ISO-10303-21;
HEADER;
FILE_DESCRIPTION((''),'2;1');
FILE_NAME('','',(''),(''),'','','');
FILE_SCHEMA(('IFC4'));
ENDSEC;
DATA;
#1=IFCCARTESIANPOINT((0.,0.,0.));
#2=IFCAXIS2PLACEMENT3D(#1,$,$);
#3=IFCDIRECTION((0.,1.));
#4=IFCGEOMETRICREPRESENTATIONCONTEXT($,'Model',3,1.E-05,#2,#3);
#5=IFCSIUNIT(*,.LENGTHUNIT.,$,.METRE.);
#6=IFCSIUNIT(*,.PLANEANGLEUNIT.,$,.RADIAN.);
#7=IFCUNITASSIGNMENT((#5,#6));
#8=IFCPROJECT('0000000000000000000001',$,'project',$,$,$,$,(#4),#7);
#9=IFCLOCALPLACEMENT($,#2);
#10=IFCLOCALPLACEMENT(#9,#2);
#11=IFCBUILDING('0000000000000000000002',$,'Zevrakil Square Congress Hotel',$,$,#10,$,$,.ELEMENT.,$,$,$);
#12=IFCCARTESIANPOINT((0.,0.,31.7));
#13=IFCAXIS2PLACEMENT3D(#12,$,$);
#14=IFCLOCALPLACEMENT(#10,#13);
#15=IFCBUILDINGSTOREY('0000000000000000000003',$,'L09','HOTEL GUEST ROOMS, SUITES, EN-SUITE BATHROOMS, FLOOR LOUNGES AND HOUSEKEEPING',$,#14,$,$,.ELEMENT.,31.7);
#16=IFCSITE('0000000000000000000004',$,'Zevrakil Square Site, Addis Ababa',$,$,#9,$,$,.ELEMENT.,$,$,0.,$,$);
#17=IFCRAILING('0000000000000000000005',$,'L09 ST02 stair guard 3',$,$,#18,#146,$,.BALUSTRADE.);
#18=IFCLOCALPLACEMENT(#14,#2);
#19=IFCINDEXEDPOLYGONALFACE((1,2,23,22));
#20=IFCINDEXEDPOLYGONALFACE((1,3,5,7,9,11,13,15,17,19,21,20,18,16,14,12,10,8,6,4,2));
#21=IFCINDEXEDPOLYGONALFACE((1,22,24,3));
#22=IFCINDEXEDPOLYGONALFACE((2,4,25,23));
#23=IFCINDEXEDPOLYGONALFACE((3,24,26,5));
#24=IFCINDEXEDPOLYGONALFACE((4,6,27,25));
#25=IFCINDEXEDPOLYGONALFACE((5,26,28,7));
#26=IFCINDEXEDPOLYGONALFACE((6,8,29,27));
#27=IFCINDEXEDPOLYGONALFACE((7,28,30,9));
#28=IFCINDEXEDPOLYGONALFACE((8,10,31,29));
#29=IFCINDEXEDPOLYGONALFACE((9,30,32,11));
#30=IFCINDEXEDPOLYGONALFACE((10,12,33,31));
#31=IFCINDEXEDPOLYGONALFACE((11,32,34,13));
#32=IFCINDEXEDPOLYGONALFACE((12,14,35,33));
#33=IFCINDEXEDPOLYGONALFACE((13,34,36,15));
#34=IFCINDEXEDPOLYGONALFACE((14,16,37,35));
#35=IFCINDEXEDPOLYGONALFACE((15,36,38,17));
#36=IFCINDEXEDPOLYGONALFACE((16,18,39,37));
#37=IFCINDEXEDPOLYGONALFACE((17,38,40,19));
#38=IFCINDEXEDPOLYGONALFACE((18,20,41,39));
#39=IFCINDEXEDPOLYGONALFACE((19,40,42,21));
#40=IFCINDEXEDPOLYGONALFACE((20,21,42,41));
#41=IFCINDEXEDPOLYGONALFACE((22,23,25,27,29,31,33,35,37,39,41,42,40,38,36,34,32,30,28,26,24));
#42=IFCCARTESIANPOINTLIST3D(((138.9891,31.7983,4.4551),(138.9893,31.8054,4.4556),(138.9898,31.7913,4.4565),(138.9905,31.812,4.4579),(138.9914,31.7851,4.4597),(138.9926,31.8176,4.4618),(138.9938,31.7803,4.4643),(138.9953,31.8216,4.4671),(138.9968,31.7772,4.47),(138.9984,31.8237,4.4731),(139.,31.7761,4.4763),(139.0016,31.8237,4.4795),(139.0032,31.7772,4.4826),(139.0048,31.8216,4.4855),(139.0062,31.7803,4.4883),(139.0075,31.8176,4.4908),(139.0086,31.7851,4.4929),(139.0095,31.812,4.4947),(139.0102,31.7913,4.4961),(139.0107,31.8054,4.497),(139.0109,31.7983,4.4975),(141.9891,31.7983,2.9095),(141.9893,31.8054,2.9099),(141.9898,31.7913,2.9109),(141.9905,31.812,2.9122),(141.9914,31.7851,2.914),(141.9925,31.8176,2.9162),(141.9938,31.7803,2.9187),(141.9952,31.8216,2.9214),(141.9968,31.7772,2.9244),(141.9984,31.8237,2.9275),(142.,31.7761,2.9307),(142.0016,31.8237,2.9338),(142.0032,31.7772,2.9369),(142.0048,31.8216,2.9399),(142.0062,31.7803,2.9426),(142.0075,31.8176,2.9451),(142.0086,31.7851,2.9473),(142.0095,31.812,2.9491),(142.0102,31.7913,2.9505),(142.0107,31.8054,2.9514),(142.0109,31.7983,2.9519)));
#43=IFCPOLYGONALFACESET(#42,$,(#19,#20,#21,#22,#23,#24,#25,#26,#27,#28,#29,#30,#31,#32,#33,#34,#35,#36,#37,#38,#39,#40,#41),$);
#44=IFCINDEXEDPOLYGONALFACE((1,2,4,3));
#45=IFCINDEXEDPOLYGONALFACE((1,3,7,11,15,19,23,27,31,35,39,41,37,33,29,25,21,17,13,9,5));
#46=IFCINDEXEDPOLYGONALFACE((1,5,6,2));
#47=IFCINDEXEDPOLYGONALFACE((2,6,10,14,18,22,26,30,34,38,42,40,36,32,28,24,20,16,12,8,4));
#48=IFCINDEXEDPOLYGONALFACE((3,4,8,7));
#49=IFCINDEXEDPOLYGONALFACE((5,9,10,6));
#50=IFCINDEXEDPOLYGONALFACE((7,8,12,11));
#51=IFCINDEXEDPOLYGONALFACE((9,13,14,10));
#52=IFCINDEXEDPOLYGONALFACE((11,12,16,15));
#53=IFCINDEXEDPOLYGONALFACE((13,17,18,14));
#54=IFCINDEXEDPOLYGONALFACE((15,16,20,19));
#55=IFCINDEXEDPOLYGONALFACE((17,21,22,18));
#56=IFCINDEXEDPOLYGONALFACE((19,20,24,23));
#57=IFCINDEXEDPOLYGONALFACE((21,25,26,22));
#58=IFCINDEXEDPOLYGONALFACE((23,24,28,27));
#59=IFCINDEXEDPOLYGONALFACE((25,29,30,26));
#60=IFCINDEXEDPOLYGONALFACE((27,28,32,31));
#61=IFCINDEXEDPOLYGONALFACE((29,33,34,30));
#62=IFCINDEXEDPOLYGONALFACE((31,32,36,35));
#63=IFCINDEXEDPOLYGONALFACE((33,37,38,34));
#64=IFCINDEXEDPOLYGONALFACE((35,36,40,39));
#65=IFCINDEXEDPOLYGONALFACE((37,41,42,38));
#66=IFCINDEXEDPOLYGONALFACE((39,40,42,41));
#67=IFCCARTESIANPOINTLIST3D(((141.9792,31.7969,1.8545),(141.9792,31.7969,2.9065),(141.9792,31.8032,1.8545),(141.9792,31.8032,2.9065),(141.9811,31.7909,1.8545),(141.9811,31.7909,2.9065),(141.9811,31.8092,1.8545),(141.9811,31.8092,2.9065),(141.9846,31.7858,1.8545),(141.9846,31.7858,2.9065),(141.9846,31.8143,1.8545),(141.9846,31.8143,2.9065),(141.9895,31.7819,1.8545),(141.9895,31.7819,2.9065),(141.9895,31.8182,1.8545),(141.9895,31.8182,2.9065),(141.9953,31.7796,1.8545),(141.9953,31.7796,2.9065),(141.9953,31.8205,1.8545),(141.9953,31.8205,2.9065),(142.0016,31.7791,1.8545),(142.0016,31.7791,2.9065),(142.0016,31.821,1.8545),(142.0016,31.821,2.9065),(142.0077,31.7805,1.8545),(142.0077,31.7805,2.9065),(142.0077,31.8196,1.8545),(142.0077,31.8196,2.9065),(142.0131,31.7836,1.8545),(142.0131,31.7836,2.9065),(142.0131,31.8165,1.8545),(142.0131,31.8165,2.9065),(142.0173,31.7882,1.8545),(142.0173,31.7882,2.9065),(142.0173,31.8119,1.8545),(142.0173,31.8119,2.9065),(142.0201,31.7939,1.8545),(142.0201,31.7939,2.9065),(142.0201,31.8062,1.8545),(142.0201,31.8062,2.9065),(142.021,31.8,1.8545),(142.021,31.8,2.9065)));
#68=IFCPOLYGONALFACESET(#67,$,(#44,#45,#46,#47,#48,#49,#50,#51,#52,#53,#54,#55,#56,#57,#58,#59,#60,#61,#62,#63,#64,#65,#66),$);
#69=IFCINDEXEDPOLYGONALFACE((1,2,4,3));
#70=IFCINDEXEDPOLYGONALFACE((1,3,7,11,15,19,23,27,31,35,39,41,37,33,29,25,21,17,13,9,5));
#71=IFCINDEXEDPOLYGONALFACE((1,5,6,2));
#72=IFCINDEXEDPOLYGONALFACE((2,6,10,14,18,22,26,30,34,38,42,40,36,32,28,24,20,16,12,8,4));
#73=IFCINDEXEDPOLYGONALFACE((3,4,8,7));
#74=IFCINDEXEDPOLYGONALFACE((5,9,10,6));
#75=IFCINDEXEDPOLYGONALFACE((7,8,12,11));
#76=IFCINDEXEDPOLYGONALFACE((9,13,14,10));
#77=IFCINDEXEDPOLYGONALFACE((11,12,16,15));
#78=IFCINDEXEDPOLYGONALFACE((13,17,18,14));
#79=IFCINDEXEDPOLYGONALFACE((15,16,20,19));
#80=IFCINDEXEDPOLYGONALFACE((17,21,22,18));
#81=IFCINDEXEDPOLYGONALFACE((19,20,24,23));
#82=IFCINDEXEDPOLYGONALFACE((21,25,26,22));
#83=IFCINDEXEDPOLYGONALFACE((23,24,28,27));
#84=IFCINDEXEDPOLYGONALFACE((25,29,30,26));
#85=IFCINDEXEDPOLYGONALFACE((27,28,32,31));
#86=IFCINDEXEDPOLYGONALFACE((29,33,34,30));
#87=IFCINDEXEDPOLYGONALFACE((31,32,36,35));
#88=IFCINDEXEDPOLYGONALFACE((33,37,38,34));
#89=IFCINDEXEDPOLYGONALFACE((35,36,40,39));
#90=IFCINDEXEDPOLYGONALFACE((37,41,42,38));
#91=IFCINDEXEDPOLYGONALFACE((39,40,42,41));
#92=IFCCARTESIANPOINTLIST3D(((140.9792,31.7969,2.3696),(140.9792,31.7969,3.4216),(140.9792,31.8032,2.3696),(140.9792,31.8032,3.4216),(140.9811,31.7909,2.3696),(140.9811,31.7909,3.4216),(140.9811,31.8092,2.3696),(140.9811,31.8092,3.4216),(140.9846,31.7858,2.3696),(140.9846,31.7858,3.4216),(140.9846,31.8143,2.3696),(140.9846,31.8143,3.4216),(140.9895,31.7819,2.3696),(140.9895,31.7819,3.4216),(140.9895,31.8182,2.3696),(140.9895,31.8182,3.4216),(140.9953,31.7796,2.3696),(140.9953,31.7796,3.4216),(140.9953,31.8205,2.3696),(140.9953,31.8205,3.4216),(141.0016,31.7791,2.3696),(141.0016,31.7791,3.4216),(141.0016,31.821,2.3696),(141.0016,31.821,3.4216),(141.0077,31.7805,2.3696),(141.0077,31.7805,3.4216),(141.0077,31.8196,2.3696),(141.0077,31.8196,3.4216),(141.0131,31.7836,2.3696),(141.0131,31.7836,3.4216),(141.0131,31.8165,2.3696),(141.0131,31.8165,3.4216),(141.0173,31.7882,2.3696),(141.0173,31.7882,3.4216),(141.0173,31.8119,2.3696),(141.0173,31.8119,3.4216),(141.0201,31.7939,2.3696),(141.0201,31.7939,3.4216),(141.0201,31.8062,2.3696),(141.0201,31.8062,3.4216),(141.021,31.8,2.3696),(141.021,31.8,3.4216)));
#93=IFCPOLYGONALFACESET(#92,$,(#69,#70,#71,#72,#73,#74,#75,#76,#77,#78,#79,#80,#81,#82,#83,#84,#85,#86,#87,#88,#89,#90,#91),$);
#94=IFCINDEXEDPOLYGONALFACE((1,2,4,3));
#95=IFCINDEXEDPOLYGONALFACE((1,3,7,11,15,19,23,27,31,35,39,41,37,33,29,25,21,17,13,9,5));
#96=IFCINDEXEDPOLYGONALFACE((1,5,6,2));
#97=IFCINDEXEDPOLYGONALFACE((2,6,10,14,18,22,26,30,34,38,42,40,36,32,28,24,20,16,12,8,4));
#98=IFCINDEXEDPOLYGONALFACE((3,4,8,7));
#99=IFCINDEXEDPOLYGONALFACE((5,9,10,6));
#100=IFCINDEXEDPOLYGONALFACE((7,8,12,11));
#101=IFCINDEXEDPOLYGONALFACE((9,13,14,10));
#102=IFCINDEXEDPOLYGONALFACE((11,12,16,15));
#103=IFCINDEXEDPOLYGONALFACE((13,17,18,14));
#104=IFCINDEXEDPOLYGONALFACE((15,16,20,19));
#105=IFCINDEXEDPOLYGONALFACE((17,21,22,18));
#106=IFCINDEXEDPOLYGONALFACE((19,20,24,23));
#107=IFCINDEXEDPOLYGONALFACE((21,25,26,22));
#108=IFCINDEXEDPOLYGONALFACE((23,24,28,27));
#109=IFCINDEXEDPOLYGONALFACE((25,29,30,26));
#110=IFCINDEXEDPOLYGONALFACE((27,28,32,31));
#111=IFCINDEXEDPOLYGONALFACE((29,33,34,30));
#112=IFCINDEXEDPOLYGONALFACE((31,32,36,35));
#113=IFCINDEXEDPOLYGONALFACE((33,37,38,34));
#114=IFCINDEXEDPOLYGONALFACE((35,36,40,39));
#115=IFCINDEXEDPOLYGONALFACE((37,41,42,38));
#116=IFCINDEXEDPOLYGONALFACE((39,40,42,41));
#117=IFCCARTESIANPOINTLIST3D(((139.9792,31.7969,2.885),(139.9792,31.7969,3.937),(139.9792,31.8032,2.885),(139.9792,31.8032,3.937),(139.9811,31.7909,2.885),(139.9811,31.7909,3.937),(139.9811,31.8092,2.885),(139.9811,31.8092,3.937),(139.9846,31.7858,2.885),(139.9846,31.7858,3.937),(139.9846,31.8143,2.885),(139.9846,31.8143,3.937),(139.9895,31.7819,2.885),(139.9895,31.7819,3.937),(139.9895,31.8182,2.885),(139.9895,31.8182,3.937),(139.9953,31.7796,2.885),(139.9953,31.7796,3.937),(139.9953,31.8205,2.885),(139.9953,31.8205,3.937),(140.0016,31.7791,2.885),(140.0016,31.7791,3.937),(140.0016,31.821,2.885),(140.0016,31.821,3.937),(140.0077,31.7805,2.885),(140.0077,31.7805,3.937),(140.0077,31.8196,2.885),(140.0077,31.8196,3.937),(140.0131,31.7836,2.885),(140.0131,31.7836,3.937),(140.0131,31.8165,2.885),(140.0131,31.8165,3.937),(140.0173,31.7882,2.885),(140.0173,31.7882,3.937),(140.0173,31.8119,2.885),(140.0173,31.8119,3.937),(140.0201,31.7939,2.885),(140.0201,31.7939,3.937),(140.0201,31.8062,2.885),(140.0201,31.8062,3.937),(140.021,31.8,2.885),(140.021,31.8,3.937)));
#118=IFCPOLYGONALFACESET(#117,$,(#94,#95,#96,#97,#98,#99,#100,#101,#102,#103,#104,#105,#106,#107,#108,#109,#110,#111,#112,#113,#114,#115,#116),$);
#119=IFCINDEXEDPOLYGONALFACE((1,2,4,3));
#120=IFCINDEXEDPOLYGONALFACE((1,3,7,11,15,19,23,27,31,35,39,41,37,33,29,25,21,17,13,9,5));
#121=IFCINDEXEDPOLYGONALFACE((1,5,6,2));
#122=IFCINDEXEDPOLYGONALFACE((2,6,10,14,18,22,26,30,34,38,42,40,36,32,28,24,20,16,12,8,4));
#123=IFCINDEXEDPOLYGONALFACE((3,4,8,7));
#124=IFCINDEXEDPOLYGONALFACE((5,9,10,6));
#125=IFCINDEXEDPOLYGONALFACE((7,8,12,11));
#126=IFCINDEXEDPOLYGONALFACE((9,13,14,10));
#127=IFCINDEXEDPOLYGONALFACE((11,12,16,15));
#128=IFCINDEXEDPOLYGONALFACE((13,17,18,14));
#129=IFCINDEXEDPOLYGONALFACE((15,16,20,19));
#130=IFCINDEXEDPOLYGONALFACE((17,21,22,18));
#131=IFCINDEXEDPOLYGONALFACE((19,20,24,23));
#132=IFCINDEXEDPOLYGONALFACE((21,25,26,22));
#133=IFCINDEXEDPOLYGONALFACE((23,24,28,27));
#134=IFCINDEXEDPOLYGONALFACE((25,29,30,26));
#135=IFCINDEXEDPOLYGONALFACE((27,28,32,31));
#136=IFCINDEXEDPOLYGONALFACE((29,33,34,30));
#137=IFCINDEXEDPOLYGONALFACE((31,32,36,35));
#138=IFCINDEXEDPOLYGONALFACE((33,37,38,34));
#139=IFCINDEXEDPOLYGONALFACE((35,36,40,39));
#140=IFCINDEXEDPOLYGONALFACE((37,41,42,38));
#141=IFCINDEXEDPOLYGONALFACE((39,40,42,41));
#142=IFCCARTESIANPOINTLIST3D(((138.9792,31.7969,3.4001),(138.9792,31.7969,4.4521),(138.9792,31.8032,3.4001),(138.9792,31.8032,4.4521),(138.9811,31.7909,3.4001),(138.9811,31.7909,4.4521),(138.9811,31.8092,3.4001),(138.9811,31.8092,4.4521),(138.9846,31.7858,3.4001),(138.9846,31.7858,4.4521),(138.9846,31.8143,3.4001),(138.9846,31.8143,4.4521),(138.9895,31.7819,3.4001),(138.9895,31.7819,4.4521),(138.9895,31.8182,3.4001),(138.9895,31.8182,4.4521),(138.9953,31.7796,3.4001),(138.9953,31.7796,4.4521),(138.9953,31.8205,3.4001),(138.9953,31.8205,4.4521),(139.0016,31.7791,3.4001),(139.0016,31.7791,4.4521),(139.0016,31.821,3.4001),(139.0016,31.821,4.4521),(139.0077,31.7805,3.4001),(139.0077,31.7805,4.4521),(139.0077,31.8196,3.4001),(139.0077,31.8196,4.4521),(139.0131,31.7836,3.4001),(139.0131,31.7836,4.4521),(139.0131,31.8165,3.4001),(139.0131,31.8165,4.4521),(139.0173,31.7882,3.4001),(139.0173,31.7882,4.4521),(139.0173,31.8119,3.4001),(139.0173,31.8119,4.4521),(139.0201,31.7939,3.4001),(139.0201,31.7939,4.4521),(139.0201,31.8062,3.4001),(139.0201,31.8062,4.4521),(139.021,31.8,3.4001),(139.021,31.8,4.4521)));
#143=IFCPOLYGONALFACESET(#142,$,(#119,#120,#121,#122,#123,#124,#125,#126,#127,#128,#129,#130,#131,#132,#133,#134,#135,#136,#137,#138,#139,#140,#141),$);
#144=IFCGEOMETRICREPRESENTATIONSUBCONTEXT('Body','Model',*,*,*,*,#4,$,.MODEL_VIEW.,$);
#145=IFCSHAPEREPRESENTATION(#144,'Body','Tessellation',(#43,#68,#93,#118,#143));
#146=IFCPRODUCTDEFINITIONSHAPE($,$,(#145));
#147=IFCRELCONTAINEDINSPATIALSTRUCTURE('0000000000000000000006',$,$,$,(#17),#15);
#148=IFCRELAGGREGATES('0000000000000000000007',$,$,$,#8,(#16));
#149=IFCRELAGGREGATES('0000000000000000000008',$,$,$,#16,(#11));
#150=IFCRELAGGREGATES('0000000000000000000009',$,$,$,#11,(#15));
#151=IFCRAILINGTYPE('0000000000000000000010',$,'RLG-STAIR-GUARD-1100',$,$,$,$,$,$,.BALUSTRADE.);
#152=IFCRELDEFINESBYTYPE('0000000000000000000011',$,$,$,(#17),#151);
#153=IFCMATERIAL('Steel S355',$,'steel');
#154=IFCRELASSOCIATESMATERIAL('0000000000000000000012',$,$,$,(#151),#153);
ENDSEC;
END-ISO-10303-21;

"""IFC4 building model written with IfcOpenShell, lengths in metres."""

from ifc_helpers import new_model, si_unit, direction, frame, origin, origin_2d, place, context, subcontext, project, spatial, circle, extrude, material, type_object, element, save


model = new_model("IFC4")

# Units and contexts
model_context = context("Model", 3, precision=1e-05, world=origin(), true_north=direction((0.0, 1.0)))
body_context = subcontext(model_context, "Body", "Model", "MODEL_VIEW")
ifc_project = project(units=[si_unit("LENGTHUNIT", "METRE"), si_unit("PLANEANGLEUNIT", "RADIAN")], contexts=[model_context])

# Site, building, storey
site_placement = place(None, origin())
site = spatial("IfcSite", under=ifc_project, at=site_placement, Name="Zevrakil Square Site, Addis Ababa", CompositionType="ELEMENT", RefElevation=0.0)
building_placement = place(site_placement, origin())
building = spatial("IfcBuilding", under=site, at=building_placement, Name="Zevrakil Square Congress Hotel", CompositionType="ELEMENT")
storey_placement = place(building_placement, frame((0.0, 0.0, 31.7)))
storey = spatial("IfcBuildingStorey", under=building, at=storey_placement, Name="L09", Description="HOTEL GUEST ROOMS, SUITES, EN-SUITE BATHROOMS, FLOOR LOUNGES AND HOUSEKEEPING", CompositionType="ELEMENT", Elevation=31.7)

# Railing
ifc_material_1 = material(Name="Steel S355", Category="steel")
railing_type_1 = type_object("IfcRailingType", Name="RLG-STAIR-GUARD-1100", PredefinedType="BALUSTRADE", material=ifc_material_1)
railing_1_placement = place(storey_placement, frame((142.0, 31.8, 1.8545)))
element("IfcRailing", 1, at=railing_1_placement, inside=storey, type_object=railing_type_1, Name="L09 ST02 stair guard 3", PredefinedType="BALUSTRADE", context=body_context, shape_type="SweptSolid", body=[
    extrude(circle(Radius=0.0239, at=origin_2d()), frame((0.0, 0.0, 1.0762), z_axis=(-0.88895, 0.0, 0.458003), x_axis=(0.0, -1.0, 0.0)), (0.0, 0.0, 1.0), 3.3748),
    extrude(circle(Radius=0.021, at=origin_2d()), origin(), (0.0, 0.0, 1.0), 1.052),
    extrude(circle(Radius=0.021, at=origin_2d()), frame((-1.0, 0.0, 0.5151)), (0.0, 0.0, 1.0), 1.052),
    extrude(circle(Radius=0.021, at=origin_2d()), frame((-2.0, 0.0, 1.0305)), (0.0, 0.0, 1.0), 1.052),
    extrude(circle(Radius=0.021, at=origin_2d()), frame((-3.0, 0.0, 1.5457)), (0.0, 0.0, 1.0), 1.052),
])

save(model, "model.ifc")
